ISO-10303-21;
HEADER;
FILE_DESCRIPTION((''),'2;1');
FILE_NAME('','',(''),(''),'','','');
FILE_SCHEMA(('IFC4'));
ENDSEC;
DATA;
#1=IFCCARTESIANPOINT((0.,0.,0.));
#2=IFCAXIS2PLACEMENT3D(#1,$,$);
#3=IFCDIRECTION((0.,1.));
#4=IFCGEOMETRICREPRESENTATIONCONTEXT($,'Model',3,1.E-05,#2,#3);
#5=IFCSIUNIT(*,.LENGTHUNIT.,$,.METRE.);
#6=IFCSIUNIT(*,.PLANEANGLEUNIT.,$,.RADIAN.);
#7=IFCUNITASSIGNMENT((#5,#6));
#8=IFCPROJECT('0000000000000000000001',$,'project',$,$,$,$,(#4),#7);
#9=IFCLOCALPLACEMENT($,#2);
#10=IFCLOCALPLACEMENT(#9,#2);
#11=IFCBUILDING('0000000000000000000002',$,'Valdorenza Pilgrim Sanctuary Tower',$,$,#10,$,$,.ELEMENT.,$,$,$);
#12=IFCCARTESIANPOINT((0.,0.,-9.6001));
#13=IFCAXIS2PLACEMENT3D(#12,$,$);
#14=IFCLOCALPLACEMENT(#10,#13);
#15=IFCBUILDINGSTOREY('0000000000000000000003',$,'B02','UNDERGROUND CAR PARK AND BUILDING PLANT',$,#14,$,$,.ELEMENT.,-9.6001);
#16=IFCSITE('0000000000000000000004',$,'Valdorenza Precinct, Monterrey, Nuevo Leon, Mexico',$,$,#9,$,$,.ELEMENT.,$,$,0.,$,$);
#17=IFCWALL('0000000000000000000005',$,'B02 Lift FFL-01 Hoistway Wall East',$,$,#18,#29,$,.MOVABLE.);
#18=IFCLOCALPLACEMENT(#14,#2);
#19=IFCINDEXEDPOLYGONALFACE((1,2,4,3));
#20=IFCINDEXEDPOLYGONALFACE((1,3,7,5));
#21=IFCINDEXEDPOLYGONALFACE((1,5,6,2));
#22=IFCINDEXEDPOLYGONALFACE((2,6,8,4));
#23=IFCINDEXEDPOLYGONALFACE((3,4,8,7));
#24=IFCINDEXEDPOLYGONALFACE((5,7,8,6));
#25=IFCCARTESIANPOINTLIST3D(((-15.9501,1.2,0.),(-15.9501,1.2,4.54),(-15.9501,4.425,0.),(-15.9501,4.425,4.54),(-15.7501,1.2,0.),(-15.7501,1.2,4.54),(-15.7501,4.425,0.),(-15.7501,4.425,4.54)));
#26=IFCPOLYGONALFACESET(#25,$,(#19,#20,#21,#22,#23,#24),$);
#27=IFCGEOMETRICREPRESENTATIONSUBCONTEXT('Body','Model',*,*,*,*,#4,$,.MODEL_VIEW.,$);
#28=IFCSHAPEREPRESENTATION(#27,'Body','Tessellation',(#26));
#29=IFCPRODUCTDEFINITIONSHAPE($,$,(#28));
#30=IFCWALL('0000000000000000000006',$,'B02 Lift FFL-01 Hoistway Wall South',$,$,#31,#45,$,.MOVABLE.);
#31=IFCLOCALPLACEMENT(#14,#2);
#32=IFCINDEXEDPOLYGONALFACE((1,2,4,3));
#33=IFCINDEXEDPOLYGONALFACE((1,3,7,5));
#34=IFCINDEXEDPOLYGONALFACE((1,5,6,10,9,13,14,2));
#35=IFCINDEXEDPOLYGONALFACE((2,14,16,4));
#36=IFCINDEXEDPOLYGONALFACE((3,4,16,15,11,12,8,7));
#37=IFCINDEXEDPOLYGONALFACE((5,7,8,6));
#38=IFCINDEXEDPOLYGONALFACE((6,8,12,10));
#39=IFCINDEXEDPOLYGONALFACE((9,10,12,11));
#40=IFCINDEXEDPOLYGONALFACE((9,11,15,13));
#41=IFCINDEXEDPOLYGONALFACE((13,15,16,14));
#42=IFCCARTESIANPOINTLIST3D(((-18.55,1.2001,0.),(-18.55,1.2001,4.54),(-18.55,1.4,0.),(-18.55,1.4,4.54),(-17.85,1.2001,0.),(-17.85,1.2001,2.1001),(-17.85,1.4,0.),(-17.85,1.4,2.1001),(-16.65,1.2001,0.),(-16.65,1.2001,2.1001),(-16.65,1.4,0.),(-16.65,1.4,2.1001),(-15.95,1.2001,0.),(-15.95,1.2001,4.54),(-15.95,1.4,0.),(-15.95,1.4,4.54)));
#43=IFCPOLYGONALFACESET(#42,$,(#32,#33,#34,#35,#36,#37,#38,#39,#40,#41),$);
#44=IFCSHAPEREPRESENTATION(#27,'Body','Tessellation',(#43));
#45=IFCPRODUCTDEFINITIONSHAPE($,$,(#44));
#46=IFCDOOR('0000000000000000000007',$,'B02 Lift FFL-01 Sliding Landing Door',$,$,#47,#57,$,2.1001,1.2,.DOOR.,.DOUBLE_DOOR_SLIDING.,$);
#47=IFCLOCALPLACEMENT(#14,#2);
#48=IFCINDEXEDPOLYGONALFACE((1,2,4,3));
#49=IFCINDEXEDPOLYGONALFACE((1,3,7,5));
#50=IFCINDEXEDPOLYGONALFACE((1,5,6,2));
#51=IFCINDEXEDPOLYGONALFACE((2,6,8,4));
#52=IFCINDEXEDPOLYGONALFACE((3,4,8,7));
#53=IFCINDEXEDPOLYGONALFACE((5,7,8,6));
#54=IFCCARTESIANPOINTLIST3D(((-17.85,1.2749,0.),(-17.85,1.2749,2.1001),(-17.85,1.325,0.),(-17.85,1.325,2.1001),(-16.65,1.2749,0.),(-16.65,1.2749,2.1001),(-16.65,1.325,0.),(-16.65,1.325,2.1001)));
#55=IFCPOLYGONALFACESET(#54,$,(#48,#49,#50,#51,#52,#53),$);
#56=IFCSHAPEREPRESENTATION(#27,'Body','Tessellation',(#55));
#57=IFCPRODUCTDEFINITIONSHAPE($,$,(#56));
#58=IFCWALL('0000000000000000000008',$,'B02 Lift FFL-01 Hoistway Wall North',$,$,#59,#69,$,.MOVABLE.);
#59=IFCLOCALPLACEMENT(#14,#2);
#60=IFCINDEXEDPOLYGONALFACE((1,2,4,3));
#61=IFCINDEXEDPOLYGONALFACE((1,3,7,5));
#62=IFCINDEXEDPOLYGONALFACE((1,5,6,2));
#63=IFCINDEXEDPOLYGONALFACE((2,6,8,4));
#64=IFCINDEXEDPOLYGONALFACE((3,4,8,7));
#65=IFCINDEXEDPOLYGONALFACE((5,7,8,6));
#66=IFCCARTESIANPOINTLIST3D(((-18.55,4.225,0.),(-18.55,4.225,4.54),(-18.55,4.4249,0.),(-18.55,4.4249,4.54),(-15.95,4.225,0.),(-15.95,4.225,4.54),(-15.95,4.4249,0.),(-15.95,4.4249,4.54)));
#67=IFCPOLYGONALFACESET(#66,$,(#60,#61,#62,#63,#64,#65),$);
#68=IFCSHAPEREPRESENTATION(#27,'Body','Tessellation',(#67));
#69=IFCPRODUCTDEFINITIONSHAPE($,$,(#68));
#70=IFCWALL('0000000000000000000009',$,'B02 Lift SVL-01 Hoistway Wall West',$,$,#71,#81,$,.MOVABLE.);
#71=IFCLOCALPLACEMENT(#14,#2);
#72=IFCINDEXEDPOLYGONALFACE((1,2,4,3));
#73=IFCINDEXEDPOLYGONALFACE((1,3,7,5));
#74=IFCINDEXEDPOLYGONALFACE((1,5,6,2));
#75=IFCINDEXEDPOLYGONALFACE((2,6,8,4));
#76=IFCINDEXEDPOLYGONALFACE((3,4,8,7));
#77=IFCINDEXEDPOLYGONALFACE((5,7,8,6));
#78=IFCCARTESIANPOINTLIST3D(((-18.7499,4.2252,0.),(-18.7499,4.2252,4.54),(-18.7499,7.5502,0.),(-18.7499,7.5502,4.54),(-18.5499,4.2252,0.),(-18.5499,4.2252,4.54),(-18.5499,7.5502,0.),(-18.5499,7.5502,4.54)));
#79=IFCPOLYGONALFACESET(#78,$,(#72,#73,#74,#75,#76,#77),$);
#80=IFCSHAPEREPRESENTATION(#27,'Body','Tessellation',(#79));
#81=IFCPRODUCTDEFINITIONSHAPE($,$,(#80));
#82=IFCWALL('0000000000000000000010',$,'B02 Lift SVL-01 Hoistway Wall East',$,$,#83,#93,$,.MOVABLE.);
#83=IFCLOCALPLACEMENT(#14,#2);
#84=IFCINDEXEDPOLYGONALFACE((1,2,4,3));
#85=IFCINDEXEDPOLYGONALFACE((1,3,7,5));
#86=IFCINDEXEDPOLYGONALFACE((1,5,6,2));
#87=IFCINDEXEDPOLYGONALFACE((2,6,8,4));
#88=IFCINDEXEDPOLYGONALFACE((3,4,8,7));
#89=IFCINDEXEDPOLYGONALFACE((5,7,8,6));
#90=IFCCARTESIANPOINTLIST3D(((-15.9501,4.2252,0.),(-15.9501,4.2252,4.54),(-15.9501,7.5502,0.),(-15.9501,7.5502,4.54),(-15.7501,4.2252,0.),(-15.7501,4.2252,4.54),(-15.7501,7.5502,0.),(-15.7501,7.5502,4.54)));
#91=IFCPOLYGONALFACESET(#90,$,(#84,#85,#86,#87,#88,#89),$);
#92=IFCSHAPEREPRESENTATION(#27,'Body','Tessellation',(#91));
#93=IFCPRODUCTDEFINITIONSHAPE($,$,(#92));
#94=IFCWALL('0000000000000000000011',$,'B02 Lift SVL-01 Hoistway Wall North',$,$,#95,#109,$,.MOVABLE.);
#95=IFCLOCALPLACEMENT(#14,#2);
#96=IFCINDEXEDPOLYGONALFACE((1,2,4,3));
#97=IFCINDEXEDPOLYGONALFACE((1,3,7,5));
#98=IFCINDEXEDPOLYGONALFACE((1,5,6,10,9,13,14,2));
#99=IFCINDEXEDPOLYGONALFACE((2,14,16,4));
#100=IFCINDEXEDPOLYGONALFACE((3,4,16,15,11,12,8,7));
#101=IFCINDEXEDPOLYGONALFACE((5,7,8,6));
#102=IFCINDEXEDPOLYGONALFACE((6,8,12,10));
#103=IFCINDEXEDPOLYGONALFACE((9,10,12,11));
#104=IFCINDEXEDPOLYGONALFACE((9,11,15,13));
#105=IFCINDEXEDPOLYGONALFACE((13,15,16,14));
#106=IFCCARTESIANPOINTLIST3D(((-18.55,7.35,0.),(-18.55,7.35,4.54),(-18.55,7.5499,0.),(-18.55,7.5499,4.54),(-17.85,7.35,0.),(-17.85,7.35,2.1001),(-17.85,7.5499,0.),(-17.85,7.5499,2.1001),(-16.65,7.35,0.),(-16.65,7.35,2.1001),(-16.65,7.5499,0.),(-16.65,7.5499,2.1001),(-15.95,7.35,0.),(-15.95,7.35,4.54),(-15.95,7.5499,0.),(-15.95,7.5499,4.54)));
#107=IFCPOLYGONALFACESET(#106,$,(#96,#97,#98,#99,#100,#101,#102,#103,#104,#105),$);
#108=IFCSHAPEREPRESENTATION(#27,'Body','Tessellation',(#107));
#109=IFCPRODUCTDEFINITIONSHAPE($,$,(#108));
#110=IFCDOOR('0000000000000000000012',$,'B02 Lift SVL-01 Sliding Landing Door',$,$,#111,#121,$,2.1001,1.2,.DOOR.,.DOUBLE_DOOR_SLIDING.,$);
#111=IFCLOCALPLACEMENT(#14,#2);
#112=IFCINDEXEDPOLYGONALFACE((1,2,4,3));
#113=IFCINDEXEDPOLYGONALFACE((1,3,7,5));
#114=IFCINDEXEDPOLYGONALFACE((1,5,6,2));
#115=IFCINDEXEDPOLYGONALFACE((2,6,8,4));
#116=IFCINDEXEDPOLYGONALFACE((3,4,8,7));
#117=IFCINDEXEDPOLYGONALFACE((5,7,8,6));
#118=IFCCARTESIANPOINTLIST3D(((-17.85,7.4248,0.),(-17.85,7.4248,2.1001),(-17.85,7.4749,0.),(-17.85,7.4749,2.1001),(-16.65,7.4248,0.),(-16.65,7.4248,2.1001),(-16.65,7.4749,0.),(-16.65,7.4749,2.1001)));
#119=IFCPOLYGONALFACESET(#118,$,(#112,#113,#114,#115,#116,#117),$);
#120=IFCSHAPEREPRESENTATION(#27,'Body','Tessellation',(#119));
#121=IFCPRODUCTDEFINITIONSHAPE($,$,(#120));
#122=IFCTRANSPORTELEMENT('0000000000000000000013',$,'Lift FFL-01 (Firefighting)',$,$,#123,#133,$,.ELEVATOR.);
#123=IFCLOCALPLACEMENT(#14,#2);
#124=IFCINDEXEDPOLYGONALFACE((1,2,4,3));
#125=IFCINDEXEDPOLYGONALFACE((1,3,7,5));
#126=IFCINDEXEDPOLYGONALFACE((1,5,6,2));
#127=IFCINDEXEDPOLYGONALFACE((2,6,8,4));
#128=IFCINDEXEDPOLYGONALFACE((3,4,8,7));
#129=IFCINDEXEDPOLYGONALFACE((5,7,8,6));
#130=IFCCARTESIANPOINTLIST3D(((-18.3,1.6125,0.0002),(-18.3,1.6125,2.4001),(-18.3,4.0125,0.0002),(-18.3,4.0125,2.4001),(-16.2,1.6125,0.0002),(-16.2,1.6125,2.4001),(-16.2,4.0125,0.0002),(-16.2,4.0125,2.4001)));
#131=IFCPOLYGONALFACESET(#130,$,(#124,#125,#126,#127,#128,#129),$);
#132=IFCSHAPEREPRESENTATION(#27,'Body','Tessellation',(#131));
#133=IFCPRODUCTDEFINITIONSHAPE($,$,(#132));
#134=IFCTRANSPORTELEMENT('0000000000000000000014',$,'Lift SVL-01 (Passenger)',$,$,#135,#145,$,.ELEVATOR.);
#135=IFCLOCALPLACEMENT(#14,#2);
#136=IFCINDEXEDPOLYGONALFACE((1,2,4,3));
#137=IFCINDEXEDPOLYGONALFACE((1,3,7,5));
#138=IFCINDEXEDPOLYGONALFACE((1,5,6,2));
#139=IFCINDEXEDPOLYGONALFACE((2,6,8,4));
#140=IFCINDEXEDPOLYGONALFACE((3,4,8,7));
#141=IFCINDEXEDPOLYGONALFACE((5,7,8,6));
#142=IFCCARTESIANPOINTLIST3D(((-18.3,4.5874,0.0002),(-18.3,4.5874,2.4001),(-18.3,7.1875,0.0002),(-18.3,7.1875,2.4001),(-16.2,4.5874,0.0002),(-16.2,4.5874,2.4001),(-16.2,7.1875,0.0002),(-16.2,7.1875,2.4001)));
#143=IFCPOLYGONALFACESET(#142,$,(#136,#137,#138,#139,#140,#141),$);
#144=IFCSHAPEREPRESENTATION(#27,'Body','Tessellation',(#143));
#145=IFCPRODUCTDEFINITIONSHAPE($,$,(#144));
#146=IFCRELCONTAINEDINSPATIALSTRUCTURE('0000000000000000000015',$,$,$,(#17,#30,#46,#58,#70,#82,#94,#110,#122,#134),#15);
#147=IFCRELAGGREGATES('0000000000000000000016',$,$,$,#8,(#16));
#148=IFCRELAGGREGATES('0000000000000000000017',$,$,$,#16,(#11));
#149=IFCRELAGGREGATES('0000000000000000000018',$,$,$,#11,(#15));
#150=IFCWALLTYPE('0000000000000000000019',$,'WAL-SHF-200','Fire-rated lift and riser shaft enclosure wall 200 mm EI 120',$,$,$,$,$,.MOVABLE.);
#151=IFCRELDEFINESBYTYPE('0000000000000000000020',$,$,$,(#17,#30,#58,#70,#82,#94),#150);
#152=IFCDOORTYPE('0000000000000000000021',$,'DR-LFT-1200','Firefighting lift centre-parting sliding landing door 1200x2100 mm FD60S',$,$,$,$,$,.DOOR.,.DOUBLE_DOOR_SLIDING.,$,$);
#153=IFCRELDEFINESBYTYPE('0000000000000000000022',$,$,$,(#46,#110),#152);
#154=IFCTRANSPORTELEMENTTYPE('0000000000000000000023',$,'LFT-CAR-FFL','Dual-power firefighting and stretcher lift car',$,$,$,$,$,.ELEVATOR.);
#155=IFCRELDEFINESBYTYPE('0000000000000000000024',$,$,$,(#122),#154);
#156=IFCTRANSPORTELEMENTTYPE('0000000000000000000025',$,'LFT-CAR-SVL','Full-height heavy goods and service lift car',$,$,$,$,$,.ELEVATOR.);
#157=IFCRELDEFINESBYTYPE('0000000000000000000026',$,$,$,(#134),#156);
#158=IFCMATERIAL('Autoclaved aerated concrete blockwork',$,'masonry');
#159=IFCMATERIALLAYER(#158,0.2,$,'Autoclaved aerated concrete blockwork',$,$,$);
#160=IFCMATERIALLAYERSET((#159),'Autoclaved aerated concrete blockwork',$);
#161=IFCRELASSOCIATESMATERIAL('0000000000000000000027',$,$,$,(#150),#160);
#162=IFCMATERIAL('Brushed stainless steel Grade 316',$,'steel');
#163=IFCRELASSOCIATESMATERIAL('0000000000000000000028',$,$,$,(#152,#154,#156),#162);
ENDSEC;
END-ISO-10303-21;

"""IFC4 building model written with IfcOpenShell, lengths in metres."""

from ifc_helpers import new_model, si_unit, direction, frame, frame_2d, origin, origin_2d, place, context, subcontext, project, spatial, rectangle, extrude, source, transform, mapped, material, layer, layer_set, type_object, element, fill, save


model = new_model("IFC4")

# Units and contexts
model_context = context("Model", 3, precision=1e-05, world=origin(), true_north=direction((0.0, 1.0)))
body_context = subcontext(model_context, "Body", "Model", "MODEL_VIEW")
ifc_project = project(units=[si_unit("LENGTHUNIT", "METRE"), si_unit("PLANEANGLEUNIT", "RADIAN")], contexts=[model_context])

# Site, building, storey
site_placement = place(None, origin())
site = spatial("IfcSite", under=ifc_project, at=site_placement, Name="Valdorenza Precinct, Monterrey, Nuevo Leon, Mexico", CompositionType="ELEMENT", RefElevation=0.0)
building_placement = place(site_placement, origin())
building = spatial("IfcBuilding", under=site, at=building_placement, Name="Valdorenza Pilgrim Sanctuary Tower", CompositionType="ELEMENT")
storey_placement = place(building_placement, frame((0.0, 0.0, -9.6001)))
storey = spatial("IfcBuildingStorey", under=building, at=storey_placement, Name="B02", Description="UNDERGROUND CAR PARK AND BUILDING PLANT", CompositionType="ELEMENT", Elevation=-9.6001)

# Wall
ifc_material_1 = material(Name="Autoclaved aerated concrete blockwork", Category="masonry")
ifc_layer_1 = layer(ifc_material_1, 0.2, Name="Autoclaved aerated concrete blockwork")
ifc_layer_set_1 = layer_set([ifc_layer_1], Name="Autoclaved aerated concrete blockwork")
wall_type_1 = type_object("IfcWallType", Name="WAL-SHF-200", Description="Fire-rated lift and riser shaft enclosure wall 200 mm EI 120", PredefinedType="MOVABLE", material=ifc_layer_set_1)
wall_1_placement = place(storey_placement, frame((-15.8501, 1.2, 0.0), z_axis=(0.0, 0.0, 1.0), x_axis=(0.0, 1.0, 0.0)))
element("IfcWall", 1, at=wall_1_placement, inside=storey, type_object=wall_type_1, Name="B02 Lift FFL-01 Hoistway Wall East", PredefinedType="MOVABLE", context=body_context, shape_type="SweptSolid", body=[
    extrude(rectangle(XDim=3.2251, YDim=0.2, at=frame_2d((1.6125, 0.0))), origin(), (0.0, 0.0, 1.0), 4.54),
])

# Wall, opening, door
wall_2_placement = place(storey_placement, frame((-18.55, 1.3, 0.0), z_axis=(0.0, 0.0, 1.0), x_axis=(1.0, 0.0, 0.0)))
wall_2 = element("IfcWall", 2, at=wall_2_placement, inside=storey, type_object=wall_type_1, Name="B02 Lift FFL-01 Hoistway Wall South", PredefinedType="MOVABLE", context=body_context, shape_type="SweptSolid", body=[
    extrude(rectangle(XDim=2.6001, YDim=0.2, at=frame_2d((1.3, 0.0))), origin(), (0.0, 0.0, 1.0), 4.54),
])
opening_1_placement = place(wall_2_placement, frame((0.7, 0.0, 0.0)))
opening_1 = element("IfcOpeningElement", 3, at=opening_1_placement, cuts=wall_2, PredefinedType="OPENING", context=body_context, shape_type="SweptSolid", body=[
    extrude(rectangle(XDim=1.2, YDim=2.1001, at=frame_2d((0.6001, 1.05))), frame((0.0, 0.1147, 0.0), z_axis=(0.0, -1.0, 0.0), x_axis=(1.0, 0.0, 0.0)), (0.0, 0.0, 1.0), 0.2297),
])
ifc_material_2 = material(Name="Brushed stainless steel Grade 316", Category="steel")
door_type_1 = type_object("IfcDoorType", Name="DR-LFT-1200", Description="Firefighting lift centre-parting sliding landing door 1200x2100 mm FD60S", OperationType="DOUBLE_DOOR_SLIDING", PredefinedType="DOOR", material=ifc_material_2)
door_1_placement = place(opening_1_placement, origin())
door_1 = element("IfcDoor", 4, at=door_1_placement, inside=storey, type_object=door_type_1, Name="B02 Lift FFL-01 Sliding Landing Door", OperationType="DOUBLE_DOOR_SLIDING", OverallHeight=2.1001, OverallWidth=1.2, PredefinedType="DOOR", context=body_context, shape_type="SweptSolid", body=[
    extrude(rectangle(XDim=1.2, YDim=2.1001, at=frame_2d((0.6001, 1.05))), frame((0.0, 0.0249, 0.0), z_axis=(0.0, -1.0, 0.0), x_axis=(1.0, 0.0, 0.0)), (0.0, 0.0, 1.0), 0.05),
])
fill(opening_1, door_1)

# Walls
wall_3_placement = place(storey_placement, frame((-18.55, 4.325, 0.0), z_axis=(0.0, 0.0, 1.0), x_axis=(1.0, 0.0, 0.0)))
element("IfcWall", 5, at=wall_3_placement, inside=storey, type_object=wall_type_1, Name="B02 Lift FFL-01 Hoistway Wall North", PredefinedType="MOVABLE", context=body_context, shape_type="SweptSolid", body=[
    extrude(rectangle(XDim=2.6001, YDim=0.2, at=frame_2d((1.3, 0.0))), origin(), (0.0, 0.0, 1.0), 4.54),
])
for number, where, z_axis, x_axis, name in (
    (6, (-18.6499, 4.2251, 0.0), (0.0, 0.0, 1.0), (0.0, 1.0, 0.0), "B02 Lift SVL-01 Hoistway Wall West"),
    (7, (-15.8501, 4.2251, 0.0), (0.0, 0.0, 1.0), (0.0, 1.0, 0.0), "B02 Lift SVL-01 Hoistway Wall East"),
):
    element("IfcWall", number, at=place(storey_placement, frame(where, z_axis=z_axis, x_axis=x_axis)), inside=storey, type_object=wall_type_1, Name=name, PredefinedType="MOVABLE", context=body_context, shape_type="SweptSolid", body=[
        extrude(rectangle(XDim=3.325, YDim=0.2, at=frame_2d((1.6626, 0.0))), origin(), (0.0, 0.0, 1.0), 4.54),
    ])

# Wall, opening, door
wall_4_placement = place(storey_placement, frame((-18.55, 7.45, 0.0), z_axis=(0.0, 0.0, 1.0), x_axis=(1.0, 0.0, 0.0)))
wall_4 = element("IfcWall", 8, at=wall_4_placement, inside=storey, type_object=wall_type_1, Name="B02 Lift SVL-01 Hoistway Wall North", PredefinedType="MOVABLE", context=body_context, shape_type="SweptSolid", body=[
    extrude(rectangle(XDim=2.6001, YDim=0.2, at=frame_2d((1.3, 0.0))), origin(), (0.0, 0.0, 1.0), 4.54),
])
opening_2_placement = place(wall_4_placement, frame((0.7, 0.0, 0.0)))
opening_2 = element("IfcOpeningElement", 9, at=opening_2_placement, cuts=wall_4, PredefinedType="OPENING", context=body_context, shape_type="SweptSolid", body=[
    extrude(rectangle(XDim=1.2, YDim=2.1001, at=frame_2d((0.6001, 1.05))), frame((0.0, 0.1147, 0.0), z_axis=(0.0, -1.0, 0.0), x_axis=(1.0, 0.0, 0.0)), (0.0, 0.0, 1.0), 0.2297),
])
door_2_placement = place(opening_2_placement, origin())
door_2 = element("IfcDoor", 10, at=door_2_placement, inside=storey, type_object=door_type_1, Name="B02 Lift SVL-01 Sliding Landing Door", OperationType="DOUBLE_DOOR_SLIDING", OverallHeight=2.1001, OverallWidth=1.2, PredefinedType="DOOR", context=body_context, shape_type="SweptSolid", body=[
    extrude(rectangle(XDim=1.2, YDim=2.1001, at=frame_2d((0.6001, 1.05))), frame((0.0, 0.0249, 0.0), z_axis=(0.0, -1.0, 0.0), x_axis=(1.0, 0.0, 0.0)), (0.0, 0.0, 1.0), 0.05),
])
fill(opening_2, door_2)

# Transport elements
transport_element_type_1 = type_object("IfcTransportElementType", Name="LFT-CAR-FFL", Description="Dual-power firefighting and stretcher lift car", PredefinedType="ELEVATOR", material=ifc_material_2)
shared_shape_1 = source(origin(), body_context, "Body", "SweptSolid", [
    extrude(rectangle(XDim=2.1001, YDim=2.3999, at=origin_2d()), origin(), (0.0, 0.0, 1.0), 2.3999),
])
transport_element_1_placement = place(storey_placement, frame((-17.25, 2.8125, 0.0002), z_axis=(0.0, 0.0, 1.0), x_axis=(1.0, 0.0, 0.0)))
element("IfcTransportElement", 11, at=transport_element_1_placement, inside=storey, type_object=transport_element_type_1, Name="Lift FFL-01 (Firefighting)", PredefinedType="ELEVATOR", context=body_context, shape_type="MappedRepresentation", body=[
    mapped(shared_shape_1, transform((0.0, 0.0, 0.0), x_axis=(1.0, 0.0, 0.0), y_axis=(0.0, 1.0, 0.0), z_axis=(0.0, 0.0, 1.0), scale=1.0)),
])
transport_element_type_2 = type_object("IfcTransportElementType", Name="LFT-CAR-SVL", Description="Full-height heavy goods and service lift car", PredefinedType="ELEVATOR", material=ifc_material_2)
shared_shape_2 = source(origin(), body_context, "Body", "SweptSolid", [
    extrude(rectangle(XDim=2.1001, YDim=2.6001, at=origin_2d()), origin(), (0.0, 0.0, 1.0), 2.3999),
])
transport_element_2_placement = place(storey_placement, frame((-17.25, 5.8875, 0.0002), z_axis=(0.0, 0.0, 1.0), x_axis=(1.0, 0.0, 0.0)))
element("IfcTransportElement", 12, at=transport_element_2_placement, inside=storey, type_object=transport_element_type_2, Name="Lift SVL-01 (Passenger)", PredefinedType="ELEVATOR", context=body_context, shape_type="MappedRepresentation", body=[
    mapped(shared_shape_2, transform((0.0, 0.0, 0.0), x_axis=(1.0, 0.0, 0.0), y_axis=(0.0, 1.0, 0.0), z_axis=(0.0, 0.0, 1.0), scale=1.0)),
])

save(model, "model.ifc")
